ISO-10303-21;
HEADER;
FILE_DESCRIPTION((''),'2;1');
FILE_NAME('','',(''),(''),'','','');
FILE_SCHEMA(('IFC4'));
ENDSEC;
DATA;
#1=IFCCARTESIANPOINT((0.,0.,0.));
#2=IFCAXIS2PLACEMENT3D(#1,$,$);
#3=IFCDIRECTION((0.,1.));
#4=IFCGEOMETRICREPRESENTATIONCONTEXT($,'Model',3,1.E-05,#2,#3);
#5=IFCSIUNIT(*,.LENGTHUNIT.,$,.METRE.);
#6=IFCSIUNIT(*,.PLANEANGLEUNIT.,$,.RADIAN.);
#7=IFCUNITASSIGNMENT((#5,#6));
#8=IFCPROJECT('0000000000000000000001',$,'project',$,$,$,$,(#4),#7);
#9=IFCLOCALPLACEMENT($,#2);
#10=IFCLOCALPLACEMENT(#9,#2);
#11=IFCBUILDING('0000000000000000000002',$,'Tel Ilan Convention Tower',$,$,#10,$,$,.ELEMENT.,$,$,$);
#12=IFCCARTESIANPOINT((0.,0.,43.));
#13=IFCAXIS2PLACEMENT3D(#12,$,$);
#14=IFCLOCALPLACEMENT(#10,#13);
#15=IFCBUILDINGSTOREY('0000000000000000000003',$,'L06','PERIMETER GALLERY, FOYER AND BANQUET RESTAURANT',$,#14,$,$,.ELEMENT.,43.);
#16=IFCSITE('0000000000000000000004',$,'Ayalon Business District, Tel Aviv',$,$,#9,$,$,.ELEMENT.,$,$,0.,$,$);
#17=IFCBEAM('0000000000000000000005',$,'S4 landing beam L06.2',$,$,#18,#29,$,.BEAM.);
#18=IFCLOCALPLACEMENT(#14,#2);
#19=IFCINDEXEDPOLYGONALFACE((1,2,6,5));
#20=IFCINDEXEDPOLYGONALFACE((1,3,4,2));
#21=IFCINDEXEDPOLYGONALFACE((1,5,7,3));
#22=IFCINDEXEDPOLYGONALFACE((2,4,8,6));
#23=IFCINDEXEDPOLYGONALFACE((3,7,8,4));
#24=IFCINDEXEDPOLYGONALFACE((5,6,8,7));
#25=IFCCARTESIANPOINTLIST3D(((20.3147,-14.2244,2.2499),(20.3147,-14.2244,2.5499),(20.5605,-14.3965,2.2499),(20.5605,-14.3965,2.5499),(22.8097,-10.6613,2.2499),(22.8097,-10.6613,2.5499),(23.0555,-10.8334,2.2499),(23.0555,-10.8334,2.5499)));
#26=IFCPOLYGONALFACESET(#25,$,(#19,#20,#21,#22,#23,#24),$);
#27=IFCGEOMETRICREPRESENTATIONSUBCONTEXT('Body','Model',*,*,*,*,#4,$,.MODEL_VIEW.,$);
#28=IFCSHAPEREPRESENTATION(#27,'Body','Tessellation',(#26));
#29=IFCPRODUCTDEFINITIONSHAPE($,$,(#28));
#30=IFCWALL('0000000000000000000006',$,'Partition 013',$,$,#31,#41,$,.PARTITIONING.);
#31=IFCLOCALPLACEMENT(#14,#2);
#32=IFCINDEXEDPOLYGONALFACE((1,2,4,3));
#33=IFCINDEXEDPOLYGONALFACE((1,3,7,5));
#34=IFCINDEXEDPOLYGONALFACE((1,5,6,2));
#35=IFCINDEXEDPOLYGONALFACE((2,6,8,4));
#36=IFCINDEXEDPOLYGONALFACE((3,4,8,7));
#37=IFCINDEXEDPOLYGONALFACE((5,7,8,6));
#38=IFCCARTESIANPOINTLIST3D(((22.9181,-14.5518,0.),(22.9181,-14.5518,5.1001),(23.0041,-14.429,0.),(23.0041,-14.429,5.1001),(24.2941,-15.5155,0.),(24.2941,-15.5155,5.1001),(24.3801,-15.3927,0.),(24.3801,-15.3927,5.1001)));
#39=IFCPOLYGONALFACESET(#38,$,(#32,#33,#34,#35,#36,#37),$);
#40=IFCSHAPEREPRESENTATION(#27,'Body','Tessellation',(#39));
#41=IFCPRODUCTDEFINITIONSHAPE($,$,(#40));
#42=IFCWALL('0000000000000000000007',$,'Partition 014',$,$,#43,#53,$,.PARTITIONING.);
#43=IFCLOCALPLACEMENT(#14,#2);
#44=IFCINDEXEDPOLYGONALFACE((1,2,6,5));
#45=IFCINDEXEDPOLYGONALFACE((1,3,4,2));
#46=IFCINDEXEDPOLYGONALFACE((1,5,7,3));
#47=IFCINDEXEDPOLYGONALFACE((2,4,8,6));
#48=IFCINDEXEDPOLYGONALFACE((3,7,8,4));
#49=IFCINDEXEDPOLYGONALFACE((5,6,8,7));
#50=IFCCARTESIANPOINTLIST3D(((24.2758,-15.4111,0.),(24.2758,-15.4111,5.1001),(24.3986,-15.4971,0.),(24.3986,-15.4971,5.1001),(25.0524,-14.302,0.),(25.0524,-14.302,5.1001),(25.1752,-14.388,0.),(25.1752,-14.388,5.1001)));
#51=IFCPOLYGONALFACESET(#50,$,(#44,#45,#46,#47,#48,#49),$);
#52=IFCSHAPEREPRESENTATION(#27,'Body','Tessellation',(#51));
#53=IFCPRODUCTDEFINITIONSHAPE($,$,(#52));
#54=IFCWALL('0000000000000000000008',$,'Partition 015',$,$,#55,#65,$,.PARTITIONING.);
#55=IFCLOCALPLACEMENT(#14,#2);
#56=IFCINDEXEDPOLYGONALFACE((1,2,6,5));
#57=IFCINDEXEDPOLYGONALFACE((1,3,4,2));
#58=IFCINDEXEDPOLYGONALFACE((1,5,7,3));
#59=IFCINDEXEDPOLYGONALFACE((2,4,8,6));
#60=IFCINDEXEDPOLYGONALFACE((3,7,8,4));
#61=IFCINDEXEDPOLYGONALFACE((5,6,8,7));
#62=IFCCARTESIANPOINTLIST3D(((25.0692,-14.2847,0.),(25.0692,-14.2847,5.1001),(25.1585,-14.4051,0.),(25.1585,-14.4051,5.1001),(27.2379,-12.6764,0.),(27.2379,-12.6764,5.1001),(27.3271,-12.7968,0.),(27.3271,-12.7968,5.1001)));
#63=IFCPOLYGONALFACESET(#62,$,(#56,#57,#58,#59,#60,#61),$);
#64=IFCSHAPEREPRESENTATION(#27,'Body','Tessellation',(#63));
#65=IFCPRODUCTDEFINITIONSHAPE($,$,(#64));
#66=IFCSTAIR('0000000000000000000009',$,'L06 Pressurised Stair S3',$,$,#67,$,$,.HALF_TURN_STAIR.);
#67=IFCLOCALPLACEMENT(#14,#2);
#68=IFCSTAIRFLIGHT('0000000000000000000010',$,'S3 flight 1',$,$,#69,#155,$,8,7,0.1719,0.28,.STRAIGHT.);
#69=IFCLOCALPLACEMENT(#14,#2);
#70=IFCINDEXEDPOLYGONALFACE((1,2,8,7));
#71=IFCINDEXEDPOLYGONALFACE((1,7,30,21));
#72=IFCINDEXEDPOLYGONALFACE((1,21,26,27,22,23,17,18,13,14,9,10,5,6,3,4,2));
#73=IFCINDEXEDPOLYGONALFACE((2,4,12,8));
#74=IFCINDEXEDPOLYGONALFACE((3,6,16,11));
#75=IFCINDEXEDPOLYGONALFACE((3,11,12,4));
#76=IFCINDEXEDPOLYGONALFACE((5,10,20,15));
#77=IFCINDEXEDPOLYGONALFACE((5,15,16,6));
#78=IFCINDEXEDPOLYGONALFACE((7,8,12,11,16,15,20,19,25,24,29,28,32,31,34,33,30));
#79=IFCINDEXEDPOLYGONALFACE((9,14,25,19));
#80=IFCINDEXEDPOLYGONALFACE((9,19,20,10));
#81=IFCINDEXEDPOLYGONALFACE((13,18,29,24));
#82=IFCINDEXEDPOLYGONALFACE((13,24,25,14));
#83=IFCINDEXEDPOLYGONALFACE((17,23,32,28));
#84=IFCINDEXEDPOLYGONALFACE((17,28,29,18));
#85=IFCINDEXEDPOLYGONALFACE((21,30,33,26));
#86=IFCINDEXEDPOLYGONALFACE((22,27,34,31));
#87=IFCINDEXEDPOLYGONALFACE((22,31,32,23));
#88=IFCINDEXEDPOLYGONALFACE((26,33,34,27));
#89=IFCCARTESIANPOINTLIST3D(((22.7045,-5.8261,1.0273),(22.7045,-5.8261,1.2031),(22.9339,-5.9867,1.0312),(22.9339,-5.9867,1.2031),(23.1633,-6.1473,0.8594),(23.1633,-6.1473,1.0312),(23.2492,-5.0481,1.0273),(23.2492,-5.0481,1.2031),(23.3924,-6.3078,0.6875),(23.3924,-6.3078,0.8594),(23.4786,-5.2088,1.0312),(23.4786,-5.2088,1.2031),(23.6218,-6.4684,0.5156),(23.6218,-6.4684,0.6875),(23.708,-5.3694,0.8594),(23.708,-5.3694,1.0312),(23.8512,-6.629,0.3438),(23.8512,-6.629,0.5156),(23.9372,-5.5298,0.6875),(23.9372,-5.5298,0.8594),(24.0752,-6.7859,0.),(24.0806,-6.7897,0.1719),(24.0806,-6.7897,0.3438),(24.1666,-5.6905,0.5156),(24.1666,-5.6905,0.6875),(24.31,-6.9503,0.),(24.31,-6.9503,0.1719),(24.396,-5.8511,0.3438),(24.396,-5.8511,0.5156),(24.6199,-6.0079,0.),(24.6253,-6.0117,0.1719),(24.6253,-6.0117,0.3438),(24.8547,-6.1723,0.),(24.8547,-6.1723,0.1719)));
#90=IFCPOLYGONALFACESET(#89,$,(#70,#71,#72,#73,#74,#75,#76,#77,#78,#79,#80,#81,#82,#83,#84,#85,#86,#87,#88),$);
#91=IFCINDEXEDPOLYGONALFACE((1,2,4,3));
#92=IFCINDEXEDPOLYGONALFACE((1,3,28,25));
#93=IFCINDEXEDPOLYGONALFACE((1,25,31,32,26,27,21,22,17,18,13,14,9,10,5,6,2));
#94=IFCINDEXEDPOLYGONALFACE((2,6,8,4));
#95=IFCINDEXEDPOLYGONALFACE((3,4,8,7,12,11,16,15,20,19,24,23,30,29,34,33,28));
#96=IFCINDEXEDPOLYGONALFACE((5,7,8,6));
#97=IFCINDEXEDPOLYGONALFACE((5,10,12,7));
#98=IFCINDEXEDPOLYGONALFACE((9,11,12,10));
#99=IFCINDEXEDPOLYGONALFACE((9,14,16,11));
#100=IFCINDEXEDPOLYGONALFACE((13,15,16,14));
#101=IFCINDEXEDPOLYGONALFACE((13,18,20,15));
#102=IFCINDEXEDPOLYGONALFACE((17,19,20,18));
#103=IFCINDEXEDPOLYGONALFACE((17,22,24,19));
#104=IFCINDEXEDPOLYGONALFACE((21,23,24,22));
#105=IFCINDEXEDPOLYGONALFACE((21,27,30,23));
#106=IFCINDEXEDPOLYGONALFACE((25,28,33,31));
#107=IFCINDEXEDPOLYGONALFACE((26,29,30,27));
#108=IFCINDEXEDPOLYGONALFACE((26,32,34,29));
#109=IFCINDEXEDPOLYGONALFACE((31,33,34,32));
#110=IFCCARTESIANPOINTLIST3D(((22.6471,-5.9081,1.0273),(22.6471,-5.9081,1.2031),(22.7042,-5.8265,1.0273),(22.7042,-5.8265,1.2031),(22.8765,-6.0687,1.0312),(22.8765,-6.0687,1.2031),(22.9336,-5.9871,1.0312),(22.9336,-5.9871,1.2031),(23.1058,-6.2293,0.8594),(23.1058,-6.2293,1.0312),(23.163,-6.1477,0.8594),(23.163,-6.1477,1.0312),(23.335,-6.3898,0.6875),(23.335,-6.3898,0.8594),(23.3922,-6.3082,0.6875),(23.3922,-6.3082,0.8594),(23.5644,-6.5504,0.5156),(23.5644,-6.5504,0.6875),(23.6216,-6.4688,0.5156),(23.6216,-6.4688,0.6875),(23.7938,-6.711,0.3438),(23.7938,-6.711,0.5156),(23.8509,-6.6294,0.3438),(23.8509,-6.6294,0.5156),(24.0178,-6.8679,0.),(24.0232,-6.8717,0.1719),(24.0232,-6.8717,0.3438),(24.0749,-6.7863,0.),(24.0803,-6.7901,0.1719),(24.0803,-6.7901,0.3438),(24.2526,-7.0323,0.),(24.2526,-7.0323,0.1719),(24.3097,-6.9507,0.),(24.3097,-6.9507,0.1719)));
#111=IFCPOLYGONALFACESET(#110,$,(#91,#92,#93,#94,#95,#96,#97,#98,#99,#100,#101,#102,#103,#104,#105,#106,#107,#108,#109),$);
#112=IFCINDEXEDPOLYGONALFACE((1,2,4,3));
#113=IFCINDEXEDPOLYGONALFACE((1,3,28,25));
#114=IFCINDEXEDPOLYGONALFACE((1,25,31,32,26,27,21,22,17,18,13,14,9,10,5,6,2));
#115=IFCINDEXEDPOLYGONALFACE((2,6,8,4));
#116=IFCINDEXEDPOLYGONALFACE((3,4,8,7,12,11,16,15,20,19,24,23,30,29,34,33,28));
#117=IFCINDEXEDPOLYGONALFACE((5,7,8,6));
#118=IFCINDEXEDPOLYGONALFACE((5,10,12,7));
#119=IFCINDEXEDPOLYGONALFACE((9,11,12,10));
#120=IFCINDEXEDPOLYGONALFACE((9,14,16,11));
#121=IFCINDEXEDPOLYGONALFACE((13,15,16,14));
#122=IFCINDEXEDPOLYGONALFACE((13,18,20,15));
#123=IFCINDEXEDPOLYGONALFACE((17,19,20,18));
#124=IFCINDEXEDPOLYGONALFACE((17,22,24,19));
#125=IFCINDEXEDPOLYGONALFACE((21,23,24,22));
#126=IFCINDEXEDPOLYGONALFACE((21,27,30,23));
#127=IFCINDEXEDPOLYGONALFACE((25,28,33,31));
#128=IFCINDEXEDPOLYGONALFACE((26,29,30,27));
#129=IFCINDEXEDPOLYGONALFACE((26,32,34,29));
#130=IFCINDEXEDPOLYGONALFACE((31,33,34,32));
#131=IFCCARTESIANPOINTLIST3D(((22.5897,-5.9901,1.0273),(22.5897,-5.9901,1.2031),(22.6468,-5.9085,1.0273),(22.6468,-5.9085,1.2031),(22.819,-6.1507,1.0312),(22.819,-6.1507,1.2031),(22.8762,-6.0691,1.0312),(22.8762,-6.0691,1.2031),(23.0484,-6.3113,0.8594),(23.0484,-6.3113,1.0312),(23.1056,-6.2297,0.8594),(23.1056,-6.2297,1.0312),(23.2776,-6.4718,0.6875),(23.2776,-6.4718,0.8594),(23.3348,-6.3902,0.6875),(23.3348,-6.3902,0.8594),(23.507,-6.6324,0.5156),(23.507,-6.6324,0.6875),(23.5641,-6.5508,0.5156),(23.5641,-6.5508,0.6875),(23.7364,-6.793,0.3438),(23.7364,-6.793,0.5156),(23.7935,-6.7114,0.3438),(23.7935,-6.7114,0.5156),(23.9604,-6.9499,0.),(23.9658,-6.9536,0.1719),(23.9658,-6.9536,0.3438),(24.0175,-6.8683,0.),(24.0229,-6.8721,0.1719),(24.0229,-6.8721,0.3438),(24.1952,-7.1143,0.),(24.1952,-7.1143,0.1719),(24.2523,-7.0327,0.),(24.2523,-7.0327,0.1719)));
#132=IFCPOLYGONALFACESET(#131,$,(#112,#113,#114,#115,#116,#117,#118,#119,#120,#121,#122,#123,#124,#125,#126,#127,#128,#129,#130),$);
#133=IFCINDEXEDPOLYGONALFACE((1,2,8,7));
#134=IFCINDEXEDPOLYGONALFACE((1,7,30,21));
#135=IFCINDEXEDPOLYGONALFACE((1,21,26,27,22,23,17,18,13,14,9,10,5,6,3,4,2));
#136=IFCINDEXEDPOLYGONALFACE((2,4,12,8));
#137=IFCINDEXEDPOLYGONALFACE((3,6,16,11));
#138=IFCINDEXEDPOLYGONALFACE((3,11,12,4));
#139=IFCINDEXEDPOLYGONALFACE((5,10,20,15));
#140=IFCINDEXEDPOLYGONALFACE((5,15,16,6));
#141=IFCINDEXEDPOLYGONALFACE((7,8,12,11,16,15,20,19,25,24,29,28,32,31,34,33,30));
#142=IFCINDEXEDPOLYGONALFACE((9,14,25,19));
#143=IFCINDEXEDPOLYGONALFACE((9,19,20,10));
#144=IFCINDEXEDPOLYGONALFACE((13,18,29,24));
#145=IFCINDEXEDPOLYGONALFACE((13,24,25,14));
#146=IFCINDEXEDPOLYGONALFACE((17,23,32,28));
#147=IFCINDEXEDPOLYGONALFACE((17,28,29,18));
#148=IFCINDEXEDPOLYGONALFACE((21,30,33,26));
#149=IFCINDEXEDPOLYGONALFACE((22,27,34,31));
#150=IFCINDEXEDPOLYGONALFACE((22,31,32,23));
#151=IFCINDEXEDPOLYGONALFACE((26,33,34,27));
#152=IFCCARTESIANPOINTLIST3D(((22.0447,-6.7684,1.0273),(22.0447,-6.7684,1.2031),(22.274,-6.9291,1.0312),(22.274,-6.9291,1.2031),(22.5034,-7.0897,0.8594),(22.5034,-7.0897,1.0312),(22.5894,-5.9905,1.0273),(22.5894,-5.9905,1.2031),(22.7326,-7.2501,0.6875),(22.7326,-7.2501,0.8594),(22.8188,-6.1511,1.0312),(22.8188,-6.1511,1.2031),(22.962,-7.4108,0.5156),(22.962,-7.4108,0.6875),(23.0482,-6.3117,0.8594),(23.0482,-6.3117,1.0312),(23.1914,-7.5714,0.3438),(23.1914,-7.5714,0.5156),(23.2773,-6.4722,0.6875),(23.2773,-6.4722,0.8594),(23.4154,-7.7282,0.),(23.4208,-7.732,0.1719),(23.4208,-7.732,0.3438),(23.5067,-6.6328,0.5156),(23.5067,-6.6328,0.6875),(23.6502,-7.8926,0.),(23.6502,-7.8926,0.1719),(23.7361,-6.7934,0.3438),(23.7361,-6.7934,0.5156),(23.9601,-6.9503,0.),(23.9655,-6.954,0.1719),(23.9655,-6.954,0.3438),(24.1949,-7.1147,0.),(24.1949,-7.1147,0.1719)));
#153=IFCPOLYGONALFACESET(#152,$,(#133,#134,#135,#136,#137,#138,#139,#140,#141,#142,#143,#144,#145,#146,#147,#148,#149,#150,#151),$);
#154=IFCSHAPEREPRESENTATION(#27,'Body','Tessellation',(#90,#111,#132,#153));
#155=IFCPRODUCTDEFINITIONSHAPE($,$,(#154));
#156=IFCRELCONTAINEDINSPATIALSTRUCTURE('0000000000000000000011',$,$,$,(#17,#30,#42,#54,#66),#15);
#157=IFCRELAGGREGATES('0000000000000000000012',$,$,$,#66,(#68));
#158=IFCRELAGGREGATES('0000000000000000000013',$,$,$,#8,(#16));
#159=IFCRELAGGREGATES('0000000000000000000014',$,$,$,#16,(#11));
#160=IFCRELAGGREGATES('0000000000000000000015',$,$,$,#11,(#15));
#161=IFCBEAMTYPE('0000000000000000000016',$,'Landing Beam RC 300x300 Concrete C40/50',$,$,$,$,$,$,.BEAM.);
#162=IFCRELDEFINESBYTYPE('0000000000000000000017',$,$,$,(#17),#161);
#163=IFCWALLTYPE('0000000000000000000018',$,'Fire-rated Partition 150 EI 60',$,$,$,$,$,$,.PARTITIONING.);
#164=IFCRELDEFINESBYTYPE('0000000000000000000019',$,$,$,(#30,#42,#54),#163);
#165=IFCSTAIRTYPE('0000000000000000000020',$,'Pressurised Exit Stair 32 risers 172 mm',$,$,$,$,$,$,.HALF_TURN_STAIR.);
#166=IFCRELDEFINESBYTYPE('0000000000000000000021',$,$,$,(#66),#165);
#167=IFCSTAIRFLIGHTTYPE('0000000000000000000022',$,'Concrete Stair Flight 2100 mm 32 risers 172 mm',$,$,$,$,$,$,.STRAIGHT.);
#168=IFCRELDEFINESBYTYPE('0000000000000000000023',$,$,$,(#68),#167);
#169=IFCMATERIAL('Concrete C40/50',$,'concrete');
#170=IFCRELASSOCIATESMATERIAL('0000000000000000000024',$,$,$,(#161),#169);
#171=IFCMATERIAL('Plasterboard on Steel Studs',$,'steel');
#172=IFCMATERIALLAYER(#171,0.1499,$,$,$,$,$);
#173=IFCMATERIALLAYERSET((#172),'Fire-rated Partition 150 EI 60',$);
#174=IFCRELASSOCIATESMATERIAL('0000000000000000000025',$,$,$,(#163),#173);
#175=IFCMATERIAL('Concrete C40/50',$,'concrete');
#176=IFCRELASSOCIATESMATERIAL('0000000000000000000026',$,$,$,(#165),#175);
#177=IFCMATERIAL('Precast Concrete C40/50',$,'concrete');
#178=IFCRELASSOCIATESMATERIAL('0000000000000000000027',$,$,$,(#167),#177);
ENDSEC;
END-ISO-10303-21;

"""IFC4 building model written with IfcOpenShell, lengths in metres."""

from ifc_helpers import new_model, si_unit, direction, frame, frame_2d, origin, origin_2d, place, context, subcontext, project, spatial, polyline, rectangle, outline, extrude, material, layer, layer_set, material_profile, profile_set, type_object, element, aggregate, save


model = new_model("IFC4")

# Units and contexts
model_context = context("Model", 3, precision=1e-05, world=origin(), true_north=direction((0.0, 1.0)))
body_context = subcontext(model_context, "Body", "Model", "MODEL_VIEW")
ifc_project = project(units=[si_unit("LENGTHUNIT", "METRE"), si_unit("PLANEANGLEUNIT", "RADIAN")], contexts=[model_context])

# Site, building, storey
site_placement = place(None, origin())
site = spatial("IfcSite", under=ifc_project, at=site_placement, Name="Ayalon Business District, Tel Aviv", CompositionType="ELEMENT", RefElevation=0.0)
building_placement = place(site_placement, origin())
building = spatial("IfcBuilding", under=site, at=building_placement, Name="Tel Ilan Convention Tower", CompositionType="ELEMENT")
storey_placement = place(building_placement, frame((0.0, 0.0, 43.0)))
storey = spatial("IfcBuildingStorey", under=building, at=storey_placement, Name="L06", Description="PERIMETER GALLERY, FOYER AND BANQUET RESTAURANT", CompositionType="ELEMENT", Elevation=43.0)

# Beam
ifc_material_1 = material(Name="Concrete C40/50", Category="concrete")
ifc_material_profile = material_profile(ifc_material_1, rectangle(XDim=0.3, YDim=0.3, at=origin_2d()), Name="RC 300x300")
ifc_profile_set = profile_set([ifc_material_profile], Name="Concrete C40/50")
beam_type = type_object("IfcBeamType", Name="Landing Beam RC 300x300 Concrete C40/50", PredefinedType="BEAM", material=ifc_profile_set)
beam_placement = place(storey_placement, frame((22.9326, -10.7473, 2.3999), z_axis=(-0.573594, -0.81914, 0.0), x_axis=(0.81914, -0.573594, 0.0)))
element("IfcBeam", 1, at=beam_placement, inside=storey, type_object=beam_type, Name="S4 landing beam L06.2", PredefinedType="BEAM", context=body_context, shape_type="SweptSolid", body=[
    extrude(rectangle(XDim=0.3, YDim=0.3, at=origin_2d()), origin(), (0.0, 0.0, 1.0), 4.3499),
])

# Walls
ifc_material_2 = material(Name="Plasterboard on Steel Studs", Category="steel")
ifc_layer = layer(ifc_material_2, 0.1499)
ifc_layer_set = layer_set([ifc_layer], Name="Fire-rated Partition 150 EI 60")
wall_type = type_object("IfcWallType", Name="Fire-rated Partition 150 EI 60", PredefinedType="PARTITIONING", material=ifc_layer_set)
wall_1_placement = place(storey_placement, frame((22.9612, -14.4905, 0.0), z_axis=(0.0, 0.0, 1.0), x_axis=(0.819109, -0.573638, 0.0)))
element("IfcWall", 2, at=wall_1_placement, inside=storey, type_object=wall_type, Name="Partition 013", PredefinedType="PARTITIONING", context=body_context, shape_type="SweptSolid", body=[
    extrude(rectangle(XDim=1.6799, YDim=0.1499, at=frame_2d((0.8398, 0.0))), origin(), (0.0, 0.0, 1.0), 5.1001),
])
wall_2_placement = place(storey_placement, frame((24.3372, -15.4541, 0.0), z_axis=(0.0, 0.0, 1.0), x_axis=(0.573571, 0.819156, 0.0)))
element("IfcWall", 3, at=wall_2_placement, inside=storey, type_object=wall_type, Name="Partition 014", PredefinedType="PARTITIONING", context=body_context, shape_type="SweptSolid", body=[
    extrude(rectangle(XDim=1.354, YDim=0.1499, at=frame_2d((0.677, 0.0))), origin(), (0.0, 0.0, 1.0), 5.1001),
])
wall_3_placement = place(storey_placement, frame((25.1138, -14.345, 0.0), z_axis=(0.0, 0.0, 1.0), x_axis=(0.803211, 0.595695, 0.0)))
element("IfcWall", 4, at=wall_3_placement, inside=storey, type_object=wall_type, Name="Partition 015", PredefinedType="PARTITIONING", context=body_context, shape_type="SweptSolid", body=[
    extrude(rectangle(XDim=2.7, YDim=0.1499, at=frame_2d((1.3501, 0.0))), origin(), (0.0, 0.0, 1.0), 5.1001),
])

# Stair, stair flight
ifc_material_3 = material(Name="Concrete C40/50", Category="concrete")
stair_type = type_object("IfcStairType", Name="Pressurised Exit Stair 32 risers 172 mm", PredefinedType="HALF_TURN_STAIR", material=ifc_material_3)
stair_placement = place(storey_placement, origin())
stair = element("IfcStair", 5, at=stair_placement, inside=storey, type_object=stair_type, Name="L06 Pressurised Stair S3", PredefinedType="HALF_TURN_STAIR")
ifc_material_4 = material(Name="Precast Concrete C40/50", Category="concrete")
stair_flight_type = type_object("IfcStairFlightType", Name="Concrete Stair Flight 2100 mm 32 risers 172 mm", PredefinedType="STRAIGHT", material=ifc_material_4)
stair_flight_1_placement = place(storey_placement, frame((24.2524, -7.0325, 0.0), z_axis=(0.0, 0.0, 1.0), x_axis=(-0.819152, 0.573576, 0.0)))
stair_flight_1 = element("IfcStairFlight", 6, at=stair_flight_1_placement, type_object=stair_flight_type, Name="S3 flight 1", NumberOfRisers=8, NumberOfTreads=7, PredefinedType="STRAIGHT", RiserHeight=0.1719, TreadLength=0.28, context=body_context, shape_type="SweptSolid", body=[
    extrude(outline(polyline([(0.0, 0.0), (0.0, 0.1719), (0.28, 0.1719), (0.28, 0.3438), (0.5601, 0.3438), (0.5601, 0.5156), (0.8401, 0.5156), (0.8401, 0.6875), (1.1201, 0.6875), (1.1201, 0.8594), (1.3999, 0.8594), (1.3999, 1.0312), (1.6799, 1.0312), (1.6799, 1.2031), (1.96, 1.2031), (1.96, 1.375), (1.96, 1.0273), (0.2866, 0.0), (0.0, 0.0)])), frame((0.0, -0.1003, 0.0), z_axis=(0.0, -1.0, 0.0), x_axis=(1.0, 0.0, 0.0)), (0.0, 0.0, 1.0), 0.9497),
    extrude(outline(polyline([(0.0, 0.0), (0.0, 0.1719), (0.28, 0.1719), (0.28, 0.3438), (0.5601, 0.3438), (0.5601, 0.5156), (0.8401, 0.5156), (0.8401, 0.6875), (1.1201, 0.6875), (1.1201, 0.8594), (1.3999, 0.8594), (1.3999, 1.0312), (1.6799, 1.0312), (1.6799, 1.2031), (1.96, 1.2031), (1.96, 1.375), (1.96, 1.0273), (0.2866, 0.0), (0.0, 0.0)])), frame((0.0, -0.0002, 0.0), z_axis=(0.0, -1.0, 0.0), x_axis=(1.0, 0.0, 0.0)), (0.0, 0.0, 1.0), 0.0996),
    extrude(outline(polyline([(0.0, 0.0), (0.0, 0.1719), (0.28, 0.1719), (0.28, 0.3438), (0.5601, 0.3438), (0.5601, 0.5156), (0.8401, 0.5156), (0.8401, 0.6875), (1.1201, 0.6875), (1.1201, 0.8594), (1.3999, 0.8594), (1.3999, 1.0312), (1.6799, 1.0312), (1.6799, 1.2031), (1.96, 1.2031), (1.96, 1.375), (1.96, 1.0273), (0.2866, 0.0), (0.0, 0.0)])), frame((0.0, 0.0999, 0.0), z_axis=(0.0, -1.0, 0.0), x_axis=(1.0, 0.0, 0.0)), (0.0, 0.0, 1.0), 0.0996),
    extrude(outline(polyline([(0.0, 0.0), (0.0, 0.1719), (0.28, 0.1719), (0.28, 0.3438), (0.5601, 0.3438), (0.5601, 0.5156), (0.8401, 0.5156), (0.8401, 0.6875), (1.1201, 0.6875), (1.1201, 0.8594), (1.3999, 0.8594), (1.3999, 1.0312), (1.6799, 1.0312), (1.6799, 1.2031), (1.96, 1.2031), (1.96, 1.375), (1.96, 1.0273), (0.2866, 0.0), (0.0, 0.0)])), frame((0.0, 1.05, 0.0), z_axis=(0.0, -1.0, 0.0), x_axis=(1.0, 0.0, 0.0)), (0.0, 0.0, 1.0), 0.9497),
])
aggregate(stair, [stair_flight_1])

save(model, "model.ifc")
